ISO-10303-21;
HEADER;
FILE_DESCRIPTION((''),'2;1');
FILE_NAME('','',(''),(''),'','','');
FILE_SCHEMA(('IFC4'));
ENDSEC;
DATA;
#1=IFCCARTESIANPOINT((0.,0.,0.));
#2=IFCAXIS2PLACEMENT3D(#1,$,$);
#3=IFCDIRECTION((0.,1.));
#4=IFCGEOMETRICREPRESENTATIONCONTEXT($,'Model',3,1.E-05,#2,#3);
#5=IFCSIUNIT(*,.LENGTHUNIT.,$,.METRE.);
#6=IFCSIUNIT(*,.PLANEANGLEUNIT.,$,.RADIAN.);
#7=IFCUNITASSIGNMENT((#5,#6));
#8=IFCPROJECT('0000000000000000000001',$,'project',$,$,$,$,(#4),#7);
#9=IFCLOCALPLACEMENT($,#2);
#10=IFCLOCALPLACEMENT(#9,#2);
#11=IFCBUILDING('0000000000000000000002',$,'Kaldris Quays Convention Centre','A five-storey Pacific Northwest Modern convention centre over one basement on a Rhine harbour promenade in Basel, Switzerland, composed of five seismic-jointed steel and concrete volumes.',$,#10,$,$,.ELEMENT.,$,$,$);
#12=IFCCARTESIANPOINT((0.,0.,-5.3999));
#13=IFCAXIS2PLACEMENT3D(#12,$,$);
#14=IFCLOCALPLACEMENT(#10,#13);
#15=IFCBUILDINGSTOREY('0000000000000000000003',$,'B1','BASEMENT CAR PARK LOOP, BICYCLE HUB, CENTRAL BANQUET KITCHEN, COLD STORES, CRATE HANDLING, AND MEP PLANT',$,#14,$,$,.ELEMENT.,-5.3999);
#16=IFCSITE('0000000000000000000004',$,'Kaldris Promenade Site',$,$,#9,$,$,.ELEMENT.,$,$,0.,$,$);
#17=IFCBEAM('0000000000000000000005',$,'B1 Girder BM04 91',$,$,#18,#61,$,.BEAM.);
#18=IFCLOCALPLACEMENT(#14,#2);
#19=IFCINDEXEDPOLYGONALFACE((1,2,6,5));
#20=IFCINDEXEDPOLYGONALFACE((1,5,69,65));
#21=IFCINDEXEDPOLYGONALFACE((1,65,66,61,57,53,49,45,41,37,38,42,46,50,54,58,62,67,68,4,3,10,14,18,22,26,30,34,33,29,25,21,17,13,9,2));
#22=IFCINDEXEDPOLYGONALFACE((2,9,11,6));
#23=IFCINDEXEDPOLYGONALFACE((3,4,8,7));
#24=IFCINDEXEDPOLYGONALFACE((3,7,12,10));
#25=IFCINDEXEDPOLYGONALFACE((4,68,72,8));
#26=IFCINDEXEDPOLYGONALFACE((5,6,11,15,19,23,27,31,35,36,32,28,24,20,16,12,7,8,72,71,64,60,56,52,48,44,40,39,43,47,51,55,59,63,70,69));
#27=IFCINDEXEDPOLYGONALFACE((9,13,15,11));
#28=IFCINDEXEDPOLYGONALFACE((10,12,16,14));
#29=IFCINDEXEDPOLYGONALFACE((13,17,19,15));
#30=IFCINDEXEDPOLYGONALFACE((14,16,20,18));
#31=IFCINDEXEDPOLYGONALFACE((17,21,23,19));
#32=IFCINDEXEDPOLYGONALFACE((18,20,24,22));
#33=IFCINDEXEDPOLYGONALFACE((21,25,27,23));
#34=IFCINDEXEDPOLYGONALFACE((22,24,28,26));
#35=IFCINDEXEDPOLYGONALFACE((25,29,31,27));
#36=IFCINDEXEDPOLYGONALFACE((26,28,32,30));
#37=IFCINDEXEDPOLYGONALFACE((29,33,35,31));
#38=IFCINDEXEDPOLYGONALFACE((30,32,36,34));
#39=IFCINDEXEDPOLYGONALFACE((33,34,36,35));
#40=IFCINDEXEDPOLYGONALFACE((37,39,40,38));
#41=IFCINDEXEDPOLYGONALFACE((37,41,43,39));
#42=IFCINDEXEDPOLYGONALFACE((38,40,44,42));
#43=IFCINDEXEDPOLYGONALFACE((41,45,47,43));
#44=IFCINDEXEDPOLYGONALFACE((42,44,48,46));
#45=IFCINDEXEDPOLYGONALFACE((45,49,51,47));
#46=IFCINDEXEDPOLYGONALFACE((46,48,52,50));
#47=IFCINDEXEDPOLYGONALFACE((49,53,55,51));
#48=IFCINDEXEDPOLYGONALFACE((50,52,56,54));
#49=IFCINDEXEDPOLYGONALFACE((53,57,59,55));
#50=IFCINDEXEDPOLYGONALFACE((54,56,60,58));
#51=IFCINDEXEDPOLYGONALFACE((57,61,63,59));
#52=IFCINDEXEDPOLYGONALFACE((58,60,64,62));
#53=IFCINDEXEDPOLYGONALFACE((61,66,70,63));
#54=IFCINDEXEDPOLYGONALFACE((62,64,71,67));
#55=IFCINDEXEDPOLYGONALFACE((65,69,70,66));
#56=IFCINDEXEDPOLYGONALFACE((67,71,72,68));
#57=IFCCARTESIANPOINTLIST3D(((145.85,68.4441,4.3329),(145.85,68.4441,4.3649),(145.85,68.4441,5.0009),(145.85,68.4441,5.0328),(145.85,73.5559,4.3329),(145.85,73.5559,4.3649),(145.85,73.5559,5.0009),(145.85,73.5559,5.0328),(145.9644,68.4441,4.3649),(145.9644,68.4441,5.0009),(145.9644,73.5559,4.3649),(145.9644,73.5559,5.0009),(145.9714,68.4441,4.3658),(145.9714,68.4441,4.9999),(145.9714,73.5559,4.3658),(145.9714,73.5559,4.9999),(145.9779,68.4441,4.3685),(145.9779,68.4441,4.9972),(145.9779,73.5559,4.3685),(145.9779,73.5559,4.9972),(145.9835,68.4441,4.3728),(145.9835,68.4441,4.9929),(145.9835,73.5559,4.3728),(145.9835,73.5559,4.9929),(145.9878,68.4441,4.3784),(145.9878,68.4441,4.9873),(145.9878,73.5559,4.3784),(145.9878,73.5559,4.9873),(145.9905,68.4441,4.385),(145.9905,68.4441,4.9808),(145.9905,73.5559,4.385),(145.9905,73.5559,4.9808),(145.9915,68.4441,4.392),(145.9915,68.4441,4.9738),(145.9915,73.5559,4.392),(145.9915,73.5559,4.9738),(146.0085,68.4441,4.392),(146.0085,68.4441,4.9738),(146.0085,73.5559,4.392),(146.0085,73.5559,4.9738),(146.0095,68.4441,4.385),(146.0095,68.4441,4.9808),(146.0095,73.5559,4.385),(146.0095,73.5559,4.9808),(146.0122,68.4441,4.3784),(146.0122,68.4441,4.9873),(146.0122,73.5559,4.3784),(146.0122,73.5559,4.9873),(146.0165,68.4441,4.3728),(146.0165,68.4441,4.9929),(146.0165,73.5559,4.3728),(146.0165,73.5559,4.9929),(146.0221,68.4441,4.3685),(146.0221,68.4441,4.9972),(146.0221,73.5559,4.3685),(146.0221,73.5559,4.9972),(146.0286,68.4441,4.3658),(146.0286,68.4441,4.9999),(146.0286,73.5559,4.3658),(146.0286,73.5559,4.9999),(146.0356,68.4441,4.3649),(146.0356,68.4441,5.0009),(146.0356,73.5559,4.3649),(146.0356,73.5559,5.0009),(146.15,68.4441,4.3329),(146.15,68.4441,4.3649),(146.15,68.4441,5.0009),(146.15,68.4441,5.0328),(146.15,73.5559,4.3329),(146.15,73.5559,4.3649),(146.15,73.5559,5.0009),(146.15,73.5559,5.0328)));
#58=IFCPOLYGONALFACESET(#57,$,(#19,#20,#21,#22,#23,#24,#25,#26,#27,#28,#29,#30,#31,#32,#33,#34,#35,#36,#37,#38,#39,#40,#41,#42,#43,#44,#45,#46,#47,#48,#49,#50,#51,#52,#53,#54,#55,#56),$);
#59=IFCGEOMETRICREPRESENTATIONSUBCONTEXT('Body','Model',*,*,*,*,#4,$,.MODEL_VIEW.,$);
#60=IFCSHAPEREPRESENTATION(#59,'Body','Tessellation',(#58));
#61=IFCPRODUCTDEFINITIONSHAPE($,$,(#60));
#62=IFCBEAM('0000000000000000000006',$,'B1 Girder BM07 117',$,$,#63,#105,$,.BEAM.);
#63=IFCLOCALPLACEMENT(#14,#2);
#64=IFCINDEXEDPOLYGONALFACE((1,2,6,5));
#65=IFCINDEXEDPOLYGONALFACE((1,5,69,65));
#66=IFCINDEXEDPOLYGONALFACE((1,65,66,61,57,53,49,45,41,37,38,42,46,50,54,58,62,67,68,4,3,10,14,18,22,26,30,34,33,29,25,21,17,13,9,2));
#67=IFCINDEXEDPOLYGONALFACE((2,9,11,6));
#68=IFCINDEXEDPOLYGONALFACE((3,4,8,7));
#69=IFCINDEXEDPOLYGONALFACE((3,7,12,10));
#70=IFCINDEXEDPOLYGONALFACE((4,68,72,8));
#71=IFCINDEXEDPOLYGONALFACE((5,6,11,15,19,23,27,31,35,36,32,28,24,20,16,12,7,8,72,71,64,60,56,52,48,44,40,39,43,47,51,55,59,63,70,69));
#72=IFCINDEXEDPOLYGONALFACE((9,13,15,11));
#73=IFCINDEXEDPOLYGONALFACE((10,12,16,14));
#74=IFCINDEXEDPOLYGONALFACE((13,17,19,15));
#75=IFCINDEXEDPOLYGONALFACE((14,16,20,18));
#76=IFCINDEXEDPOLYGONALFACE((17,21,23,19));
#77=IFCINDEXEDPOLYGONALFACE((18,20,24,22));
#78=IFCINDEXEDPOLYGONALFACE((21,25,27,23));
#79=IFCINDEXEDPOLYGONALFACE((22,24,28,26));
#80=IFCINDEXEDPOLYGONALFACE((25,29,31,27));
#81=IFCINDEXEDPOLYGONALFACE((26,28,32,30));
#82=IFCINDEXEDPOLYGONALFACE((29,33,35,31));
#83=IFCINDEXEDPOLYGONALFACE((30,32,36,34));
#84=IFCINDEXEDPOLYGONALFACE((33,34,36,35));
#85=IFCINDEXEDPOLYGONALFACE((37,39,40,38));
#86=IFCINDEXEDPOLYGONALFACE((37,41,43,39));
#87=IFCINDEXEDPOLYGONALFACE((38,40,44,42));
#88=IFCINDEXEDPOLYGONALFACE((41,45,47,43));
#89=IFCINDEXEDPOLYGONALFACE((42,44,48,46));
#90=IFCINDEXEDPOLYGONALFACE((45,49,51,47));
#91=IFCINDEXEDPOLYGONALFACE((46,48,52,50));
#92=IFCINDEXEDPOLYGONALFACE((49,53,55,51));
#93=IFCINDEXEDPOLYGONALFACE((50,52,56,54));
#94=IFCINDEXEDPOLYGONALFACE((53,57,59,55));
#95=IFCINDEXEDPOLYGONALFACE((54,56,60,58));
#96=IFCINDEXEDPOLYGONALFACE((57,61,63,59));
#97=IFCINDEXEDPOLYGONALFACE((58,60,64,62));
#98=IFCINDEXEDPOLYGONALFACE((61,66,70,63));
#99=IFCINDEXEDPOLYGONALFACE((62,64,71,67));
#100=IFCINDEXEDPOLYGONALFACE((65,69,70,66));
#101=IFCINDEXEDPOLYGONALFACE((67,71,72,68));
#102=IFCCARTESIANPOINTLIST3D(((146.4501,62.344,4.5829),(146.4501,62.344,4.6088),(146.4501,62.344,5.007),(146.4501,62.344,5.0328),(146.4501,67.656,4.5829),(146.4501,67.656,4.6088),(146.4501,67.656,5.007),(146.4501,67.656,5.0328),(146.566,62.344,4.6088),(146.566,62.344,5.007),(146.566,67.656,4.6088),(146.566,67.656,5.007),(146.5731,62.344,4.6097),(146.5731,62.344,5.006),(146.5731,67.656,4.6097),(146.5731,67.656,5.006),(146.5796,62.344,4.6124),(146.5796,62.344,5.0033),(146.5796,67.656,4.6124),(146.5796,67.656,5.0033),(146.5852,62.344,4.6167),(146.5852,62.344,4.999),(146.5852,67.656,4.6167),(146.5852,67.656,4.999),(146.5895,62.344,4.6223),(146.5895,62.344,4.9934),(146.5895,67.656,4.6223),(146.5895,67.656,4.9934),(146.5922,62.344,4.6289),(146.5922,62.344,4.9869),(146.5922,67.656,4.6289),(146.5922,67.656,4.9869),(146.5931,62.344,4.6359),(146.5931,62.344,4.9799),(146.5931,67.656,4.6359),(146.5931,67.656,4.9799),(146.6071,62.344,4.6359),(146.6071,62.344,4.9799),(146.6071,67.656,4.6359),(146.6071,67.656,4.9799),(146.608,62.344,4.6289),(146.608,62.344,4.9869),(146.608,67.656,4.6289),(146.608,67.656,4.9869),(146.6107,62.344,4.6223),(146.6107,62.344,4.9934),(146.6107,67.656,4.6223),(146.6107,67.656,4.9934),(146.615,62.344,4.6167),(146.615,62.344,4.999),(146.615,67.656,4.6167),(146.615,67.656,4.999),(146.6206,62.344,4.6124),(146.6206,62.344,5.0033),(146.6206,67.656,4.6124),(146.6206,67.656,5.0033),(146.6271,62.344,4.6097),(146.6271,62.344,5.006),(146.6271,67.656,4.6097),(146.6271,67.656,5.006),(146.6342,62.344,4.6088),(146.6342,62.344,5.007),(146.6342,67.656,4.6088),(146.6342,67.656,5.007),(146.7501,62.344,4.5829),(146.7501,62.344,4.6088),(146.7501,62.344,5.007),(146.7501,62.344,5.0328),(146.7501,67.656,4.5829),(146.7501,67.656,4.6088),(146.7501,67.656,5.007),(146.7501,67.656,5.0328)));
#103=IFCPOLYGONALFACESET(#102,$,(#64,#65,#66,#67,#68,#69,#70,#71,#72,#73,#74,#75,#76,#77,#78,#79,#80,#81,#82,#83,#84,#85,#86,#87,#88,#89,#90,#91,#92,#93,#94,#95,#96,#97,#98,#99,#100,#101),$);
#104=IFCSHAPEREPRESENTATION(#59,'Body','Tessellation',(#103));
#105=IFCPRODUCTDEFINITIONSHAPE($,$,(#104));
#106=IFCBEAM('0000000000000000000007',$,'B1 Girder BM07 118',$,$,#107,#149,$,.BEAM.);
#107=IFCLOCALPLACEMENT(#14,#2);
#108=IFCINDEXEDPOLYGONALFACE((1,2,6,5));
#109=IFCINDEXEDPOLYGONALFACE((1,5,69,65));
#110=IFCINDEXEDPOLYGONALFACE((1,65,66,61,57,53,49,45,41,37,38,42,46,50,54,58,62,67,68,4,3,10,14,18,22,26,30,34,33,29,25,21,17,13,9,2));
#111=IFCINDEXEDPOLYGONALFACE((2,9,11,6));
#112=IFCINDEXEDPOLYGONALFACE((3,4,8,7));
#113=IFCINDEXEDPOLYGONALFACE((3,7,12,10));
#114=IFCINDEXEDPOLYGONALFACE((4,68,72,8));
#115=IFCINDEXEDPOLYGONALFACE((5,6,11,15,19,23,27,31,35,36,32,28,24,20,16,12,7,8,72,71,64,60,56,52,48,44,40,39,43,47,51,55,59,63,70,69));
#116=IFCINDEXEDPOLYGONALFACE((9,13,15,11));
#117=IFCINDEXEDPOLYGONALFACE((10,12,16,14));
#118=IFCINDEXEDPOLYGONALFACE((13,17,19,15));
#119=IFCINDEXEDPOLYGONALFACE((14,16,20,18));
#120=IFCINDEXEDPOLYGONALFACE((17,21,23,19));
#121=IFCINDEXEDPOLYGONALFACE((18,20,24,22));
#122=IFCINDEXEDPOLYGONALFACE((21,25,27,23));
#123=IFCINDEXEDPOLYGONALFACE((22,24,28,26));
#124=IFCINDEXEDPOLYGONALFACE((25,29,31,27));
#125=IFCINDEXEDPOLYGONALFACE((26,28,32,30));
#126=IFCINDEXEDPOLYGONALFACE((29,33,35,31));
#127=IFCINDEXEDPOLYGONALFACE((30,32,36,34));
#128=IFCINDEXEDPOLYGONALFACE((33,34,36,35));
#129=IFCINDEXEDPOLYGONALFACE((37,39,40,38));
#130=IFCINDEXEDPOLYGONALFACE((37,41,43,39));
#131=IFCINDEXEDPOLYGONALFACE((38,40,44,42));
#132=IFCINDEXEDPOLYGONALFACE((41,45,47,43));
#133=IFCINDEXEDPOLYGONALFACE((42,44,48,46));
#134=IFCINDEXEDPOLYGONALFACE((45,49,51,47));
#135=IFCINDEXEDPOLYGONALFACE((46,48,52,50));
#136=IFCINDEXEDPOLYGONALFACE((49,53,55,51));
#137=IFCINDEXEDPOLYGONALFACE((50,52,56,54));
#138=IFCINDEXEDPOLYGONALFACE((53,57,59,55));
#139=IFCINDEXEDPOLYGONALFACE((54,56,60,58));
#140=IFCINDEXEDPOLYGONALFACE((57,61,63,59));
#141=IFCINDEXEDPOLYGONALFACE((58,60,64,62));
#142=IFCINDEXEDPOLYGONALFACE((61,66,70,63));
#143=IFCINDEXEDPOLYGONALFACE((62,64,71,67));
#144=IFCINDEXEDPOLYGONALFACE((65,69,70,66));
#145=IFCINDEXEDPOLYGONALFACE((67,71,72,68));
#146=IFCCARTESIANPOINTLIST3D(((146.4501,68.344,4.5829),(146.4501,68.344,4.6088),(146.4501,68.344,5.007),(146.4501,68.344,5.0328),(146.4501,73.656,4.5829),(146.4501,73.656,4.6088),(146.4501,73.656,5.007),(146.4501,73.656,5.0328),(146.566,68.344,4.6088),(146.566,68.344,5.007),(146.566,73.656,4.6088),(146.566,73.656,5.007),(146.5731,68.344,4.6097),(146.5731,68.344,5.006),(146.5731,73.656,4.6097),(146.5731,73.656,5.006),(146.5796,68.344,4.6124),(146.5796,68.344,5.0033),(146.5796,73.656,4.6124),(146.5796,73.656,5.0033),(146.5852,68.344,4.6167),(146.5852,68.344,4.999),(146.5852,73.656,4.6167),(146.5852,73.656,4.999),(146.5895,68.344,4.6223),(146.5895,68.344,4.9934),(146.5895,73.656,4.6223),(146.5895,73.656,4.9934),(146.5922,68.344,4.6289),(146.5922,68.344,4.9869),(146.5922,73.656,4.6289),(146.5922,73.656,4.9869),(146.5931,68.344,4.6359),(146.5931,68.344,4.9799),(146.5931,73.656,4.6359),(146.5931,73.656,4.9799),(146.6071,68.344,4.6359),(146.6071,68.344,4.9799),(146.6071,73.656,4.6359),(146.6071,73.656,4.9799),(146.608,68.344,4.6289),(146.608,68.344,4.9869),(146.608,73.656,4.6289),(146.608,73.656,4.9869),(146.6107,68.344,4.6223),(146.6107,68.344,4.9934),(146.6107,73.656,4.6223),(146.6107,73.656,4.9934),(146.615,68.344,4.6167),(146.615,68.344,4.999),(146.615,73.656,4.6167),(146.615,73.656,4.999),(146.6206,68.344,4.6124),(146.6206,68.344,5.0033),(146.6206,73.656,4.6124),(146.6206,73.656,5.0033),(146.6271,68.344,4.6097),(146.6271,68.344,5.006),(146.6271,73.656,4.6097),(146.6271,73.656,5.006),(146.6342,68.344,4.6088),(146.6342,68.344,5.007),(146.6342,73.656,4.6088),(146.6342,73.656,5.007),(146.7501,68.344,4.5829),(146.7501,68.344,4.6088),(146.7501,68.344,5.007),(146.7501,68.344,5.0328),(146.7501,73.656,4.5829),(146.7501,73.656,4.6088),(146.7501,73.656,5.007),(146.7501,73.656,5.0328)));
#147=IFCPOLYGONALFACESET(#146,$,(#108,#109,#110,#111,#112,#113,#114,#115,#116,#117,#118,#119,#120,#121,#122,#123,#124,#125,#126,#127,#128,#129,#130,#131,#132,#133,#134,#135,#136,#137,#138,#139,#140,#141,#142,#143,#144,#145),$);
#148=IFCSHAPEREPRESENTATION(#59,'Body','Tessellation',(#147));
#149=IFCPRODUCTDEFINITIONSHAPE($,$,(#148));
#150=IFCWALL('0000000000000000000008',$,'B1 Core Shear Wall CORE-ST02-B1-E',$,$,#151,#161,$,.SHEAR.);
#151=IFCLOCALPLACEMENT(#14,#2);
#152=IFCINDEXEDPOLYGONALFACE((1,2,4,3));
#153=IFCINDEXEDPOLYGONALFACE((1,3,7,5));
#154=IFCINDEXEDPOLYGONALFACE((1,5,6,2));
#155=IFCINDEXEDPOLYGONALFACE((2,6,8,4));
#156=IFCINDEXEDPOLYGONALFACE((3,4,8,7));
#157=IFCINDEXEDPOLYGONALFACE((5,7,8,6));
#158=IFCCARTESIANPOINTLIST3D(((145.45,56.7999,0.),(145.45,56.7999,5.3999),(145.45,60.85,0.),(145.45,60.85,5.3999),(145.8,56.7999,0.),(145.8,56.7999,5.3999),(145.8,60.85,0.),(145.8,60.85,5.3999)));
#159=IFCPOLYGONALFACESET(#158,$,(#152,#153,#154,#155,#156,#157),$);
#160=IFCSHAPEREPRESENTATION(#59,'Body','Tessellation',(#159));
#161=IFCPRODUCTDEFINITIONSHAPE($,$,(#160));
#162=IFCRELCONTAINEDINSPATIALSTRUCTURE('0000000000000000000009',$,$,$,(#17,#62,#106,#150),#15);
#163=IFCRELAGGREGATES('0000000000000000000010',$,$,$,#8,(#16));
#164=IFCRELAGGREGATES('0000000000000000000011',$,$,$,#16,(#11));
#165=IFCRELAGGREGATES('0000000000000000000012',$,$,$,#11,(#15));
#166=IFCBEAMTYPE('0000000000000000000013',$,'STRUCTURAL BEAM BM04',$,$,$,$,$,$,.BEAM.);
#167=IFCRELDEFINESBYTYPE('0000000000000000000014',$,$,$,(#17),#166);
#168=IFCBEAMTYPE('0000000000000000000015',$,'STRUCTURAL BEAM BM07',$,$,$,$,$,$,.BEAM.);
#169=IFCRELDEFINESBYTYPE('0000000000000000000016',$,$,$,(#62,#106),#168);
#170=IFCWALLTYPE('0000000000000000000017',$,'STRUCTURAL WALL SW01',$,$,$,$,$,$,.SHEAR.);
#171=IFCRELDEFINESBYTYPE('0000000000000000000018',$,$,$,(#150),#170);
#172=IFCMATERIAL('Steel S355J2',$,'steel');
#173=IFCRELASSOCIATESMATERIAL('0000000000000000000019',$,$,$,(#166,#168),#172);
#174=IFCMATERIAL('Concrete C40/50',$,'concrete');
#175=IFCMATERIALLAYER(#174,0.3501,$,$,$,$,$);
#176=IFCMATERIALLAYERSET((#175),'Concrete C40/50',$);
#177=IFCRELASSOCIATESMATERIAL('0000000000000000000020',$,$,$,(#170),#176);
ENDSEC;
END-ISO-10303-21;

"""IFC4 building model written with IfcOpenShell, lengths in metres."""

from ifc_helpers import new_model, si_unit, direction, frame, frame_2d, origin, origin_2d, place, context, subcontext, project, spatial, rectangle, i_section, extrude, material, layer, layer_set, material_profile, profile_set, type_object, element, save


model = new_model("IFC4")

# Units and contexts
model_context = context("Model", 3, precision=1e-05, world=origin(), true_north=direction((0.0, 1.0)))
body_context = subcontext(model_context, "Body", "Model", "MODEL_VIEW")
ifc_project = project(units=[si_unit("LENGTHUNIT", "METRE"), si_unit("PLANEANGLEUNIT", "RADIAN")], contexts=[model_context])

# Site, building, storey
site_placement = place(None, origin())
site = spatial("IfcSite", under=ifc_project, at=site_placement, Name="Kaldris Promenade Site", CompositionType="ELEMENT", RefElevation=0.0)
building_placement = place(site_placement, origin())
building = spatial("IfcBuilding", under=site, at=building_placement, Name="Kaldris Quays Convention Centre", Description="A five-storey Pacific Northwest Modern convention centre over one basement on a Rhine harbour promenade in Basel, Switzerland, composed of five seismic-jointed steel and concrete volumes.", CompositionType="ELEMENT")
storey_placement = place(building_placement, frame((0.0, 0.0, -5.3999)))
storey = spatial("IfcBuildingStorey", under=building, at=storey_placement, Name="B1", Description="BASEMENT CAR PARK LOOP, BICYCLE HUB, CENTRAL BANQUET KITCHEN, COLD STORES, CRATE HANDLING, AND MEP PLANT", CompositionType="ELEMENT", Elevation=-5.3999)

# Shared definitions
ifc_material_1 = material(Name="Steel S355J2", Category="steel")

# Beams
ifc_material_profile_1 = material_profile(ifc_material_1, i_section(OverallWidth=0.3, OverallDepth=0.7, WebThickness=0.0171, FlangeThickness=0.032, FilletRadius=0.0271, at=origin_2d()), Name="HEB 700")
ifc_profile_set_1 = profile_set([ifc_material_profile_1], Name="Steel S355J2")
beam_type_1 = type_object("IfcBeamType", Name="STRUCTURAL BEAM BM04", PredefinedType="BEAM", material=ifc_profile_set_1)
for number, where, z_axis, x_axis, name in (
    (1, (146.0, 68.4441, 4.6829), (0.0, 1.0, 0.0), (-1.0, 0.0, 0.0), "B1 Girder BM04 91"),
):
    element("IfcBeam", number, at=place(storey_placement, frame(where, z_axis=z_axis, x_axis=x_axis)), inside=storey, type_object=beam_type_1, Name=name, PredefinedType="BEAM", context=body_context, shape_type="SweptSolid", body=[
        extrude(i_section(OverallWidth=0.3, OverallDepth=0.7, WebThickness=0.0171, FlangeThickness=0.032, FilletRadius=0.0271, at=origin_2d()), origin(), (0.0, 0.0, 1.0), 5.1118),
    ])
ifc_material_profile_2 = material_profile(ifc_material_1, i_section(OverallWidth=0.3, OverallDepth=0.45, WebThickness=0.0139, FlangeThickness=0.0259, FilletRadius=0.0271, at=origin_2d()), Name="HEB 450")
ifc_profile_set_2 = profile_set([ifc_material_profile_2], Name="Steel S355J2")
beam_type_2 = type_object("IfcBeamType", Name="STRUCTURAL BEAM BM07", PredefinedType="BEAM", material=ifc_profile_set_2)
for number, where, z_axis, x_axis, name in (
    (2, (146.6001, 62.344, 4.8079), (0.0, 1.0, 0.0), (-1.0, 0.0, 0.0), "B1 Girder BM07 117"),
    (3, (146.6001, 68.344, 4.8079), (0.0, 1.0, 0.0), (-1.0, 0.0, 0.0), "B1 Girder BM07 118"),
):
    element("IfcBeam", number, at=place(storey_placement, frame(where, z_axis=z_axis, x_axis=x_axis)), inside=storey, type_object=beam_type_2, Name=name, PredefinedType="BEAM", context=body_context, shape_type="SweptSolid", body=[
        extrude(i_section(OverallWidth=0.3, OverallDepth=0.45, WebThickness=0.0139, FlangeThickness=0.0259, FilletRadius=0.0271, at=origin_2d()), origin(), (0.0, 0.0, 1.0), 5.312),
    ])

# Wall
ifc_material_2 = material(Name="Concrete C40/50", Category="concrete")
ifc_layer = layer(ifc_material_2, 0.3501)
ifc_layer_set = layer_set([ifc_layer], Name="Concrete C40/50")
wall_type = type_object("IfcWallType", Name="STRUCTURAL WALL SW01", PredefinedType="SHEAR", material=ifc_layer_set)
wall_placement = place(storey_placement, frame((145.625, 56.8, 0.0), z_axis=(0.0, 0.0, 1.0), x_axis=(0.0, 1.0, 0.0)))
element("IfcWall", 4, at=wall_placement, inside=storey, type_object=wall_type, Name="B1 Core Shear Wall CORE-ST02-B1-E", PredefinedType="SHEAR", context=body_context, shape_type="SweptSolid", body=[
    extrude(rectangle(XDim=4.05, YDim=0.3501, at=frame_2d((2.0249, 0.0))), origin(), (0.0, 0.0, 1.0), 5.3999),
])

save(model, "model.ifc")
